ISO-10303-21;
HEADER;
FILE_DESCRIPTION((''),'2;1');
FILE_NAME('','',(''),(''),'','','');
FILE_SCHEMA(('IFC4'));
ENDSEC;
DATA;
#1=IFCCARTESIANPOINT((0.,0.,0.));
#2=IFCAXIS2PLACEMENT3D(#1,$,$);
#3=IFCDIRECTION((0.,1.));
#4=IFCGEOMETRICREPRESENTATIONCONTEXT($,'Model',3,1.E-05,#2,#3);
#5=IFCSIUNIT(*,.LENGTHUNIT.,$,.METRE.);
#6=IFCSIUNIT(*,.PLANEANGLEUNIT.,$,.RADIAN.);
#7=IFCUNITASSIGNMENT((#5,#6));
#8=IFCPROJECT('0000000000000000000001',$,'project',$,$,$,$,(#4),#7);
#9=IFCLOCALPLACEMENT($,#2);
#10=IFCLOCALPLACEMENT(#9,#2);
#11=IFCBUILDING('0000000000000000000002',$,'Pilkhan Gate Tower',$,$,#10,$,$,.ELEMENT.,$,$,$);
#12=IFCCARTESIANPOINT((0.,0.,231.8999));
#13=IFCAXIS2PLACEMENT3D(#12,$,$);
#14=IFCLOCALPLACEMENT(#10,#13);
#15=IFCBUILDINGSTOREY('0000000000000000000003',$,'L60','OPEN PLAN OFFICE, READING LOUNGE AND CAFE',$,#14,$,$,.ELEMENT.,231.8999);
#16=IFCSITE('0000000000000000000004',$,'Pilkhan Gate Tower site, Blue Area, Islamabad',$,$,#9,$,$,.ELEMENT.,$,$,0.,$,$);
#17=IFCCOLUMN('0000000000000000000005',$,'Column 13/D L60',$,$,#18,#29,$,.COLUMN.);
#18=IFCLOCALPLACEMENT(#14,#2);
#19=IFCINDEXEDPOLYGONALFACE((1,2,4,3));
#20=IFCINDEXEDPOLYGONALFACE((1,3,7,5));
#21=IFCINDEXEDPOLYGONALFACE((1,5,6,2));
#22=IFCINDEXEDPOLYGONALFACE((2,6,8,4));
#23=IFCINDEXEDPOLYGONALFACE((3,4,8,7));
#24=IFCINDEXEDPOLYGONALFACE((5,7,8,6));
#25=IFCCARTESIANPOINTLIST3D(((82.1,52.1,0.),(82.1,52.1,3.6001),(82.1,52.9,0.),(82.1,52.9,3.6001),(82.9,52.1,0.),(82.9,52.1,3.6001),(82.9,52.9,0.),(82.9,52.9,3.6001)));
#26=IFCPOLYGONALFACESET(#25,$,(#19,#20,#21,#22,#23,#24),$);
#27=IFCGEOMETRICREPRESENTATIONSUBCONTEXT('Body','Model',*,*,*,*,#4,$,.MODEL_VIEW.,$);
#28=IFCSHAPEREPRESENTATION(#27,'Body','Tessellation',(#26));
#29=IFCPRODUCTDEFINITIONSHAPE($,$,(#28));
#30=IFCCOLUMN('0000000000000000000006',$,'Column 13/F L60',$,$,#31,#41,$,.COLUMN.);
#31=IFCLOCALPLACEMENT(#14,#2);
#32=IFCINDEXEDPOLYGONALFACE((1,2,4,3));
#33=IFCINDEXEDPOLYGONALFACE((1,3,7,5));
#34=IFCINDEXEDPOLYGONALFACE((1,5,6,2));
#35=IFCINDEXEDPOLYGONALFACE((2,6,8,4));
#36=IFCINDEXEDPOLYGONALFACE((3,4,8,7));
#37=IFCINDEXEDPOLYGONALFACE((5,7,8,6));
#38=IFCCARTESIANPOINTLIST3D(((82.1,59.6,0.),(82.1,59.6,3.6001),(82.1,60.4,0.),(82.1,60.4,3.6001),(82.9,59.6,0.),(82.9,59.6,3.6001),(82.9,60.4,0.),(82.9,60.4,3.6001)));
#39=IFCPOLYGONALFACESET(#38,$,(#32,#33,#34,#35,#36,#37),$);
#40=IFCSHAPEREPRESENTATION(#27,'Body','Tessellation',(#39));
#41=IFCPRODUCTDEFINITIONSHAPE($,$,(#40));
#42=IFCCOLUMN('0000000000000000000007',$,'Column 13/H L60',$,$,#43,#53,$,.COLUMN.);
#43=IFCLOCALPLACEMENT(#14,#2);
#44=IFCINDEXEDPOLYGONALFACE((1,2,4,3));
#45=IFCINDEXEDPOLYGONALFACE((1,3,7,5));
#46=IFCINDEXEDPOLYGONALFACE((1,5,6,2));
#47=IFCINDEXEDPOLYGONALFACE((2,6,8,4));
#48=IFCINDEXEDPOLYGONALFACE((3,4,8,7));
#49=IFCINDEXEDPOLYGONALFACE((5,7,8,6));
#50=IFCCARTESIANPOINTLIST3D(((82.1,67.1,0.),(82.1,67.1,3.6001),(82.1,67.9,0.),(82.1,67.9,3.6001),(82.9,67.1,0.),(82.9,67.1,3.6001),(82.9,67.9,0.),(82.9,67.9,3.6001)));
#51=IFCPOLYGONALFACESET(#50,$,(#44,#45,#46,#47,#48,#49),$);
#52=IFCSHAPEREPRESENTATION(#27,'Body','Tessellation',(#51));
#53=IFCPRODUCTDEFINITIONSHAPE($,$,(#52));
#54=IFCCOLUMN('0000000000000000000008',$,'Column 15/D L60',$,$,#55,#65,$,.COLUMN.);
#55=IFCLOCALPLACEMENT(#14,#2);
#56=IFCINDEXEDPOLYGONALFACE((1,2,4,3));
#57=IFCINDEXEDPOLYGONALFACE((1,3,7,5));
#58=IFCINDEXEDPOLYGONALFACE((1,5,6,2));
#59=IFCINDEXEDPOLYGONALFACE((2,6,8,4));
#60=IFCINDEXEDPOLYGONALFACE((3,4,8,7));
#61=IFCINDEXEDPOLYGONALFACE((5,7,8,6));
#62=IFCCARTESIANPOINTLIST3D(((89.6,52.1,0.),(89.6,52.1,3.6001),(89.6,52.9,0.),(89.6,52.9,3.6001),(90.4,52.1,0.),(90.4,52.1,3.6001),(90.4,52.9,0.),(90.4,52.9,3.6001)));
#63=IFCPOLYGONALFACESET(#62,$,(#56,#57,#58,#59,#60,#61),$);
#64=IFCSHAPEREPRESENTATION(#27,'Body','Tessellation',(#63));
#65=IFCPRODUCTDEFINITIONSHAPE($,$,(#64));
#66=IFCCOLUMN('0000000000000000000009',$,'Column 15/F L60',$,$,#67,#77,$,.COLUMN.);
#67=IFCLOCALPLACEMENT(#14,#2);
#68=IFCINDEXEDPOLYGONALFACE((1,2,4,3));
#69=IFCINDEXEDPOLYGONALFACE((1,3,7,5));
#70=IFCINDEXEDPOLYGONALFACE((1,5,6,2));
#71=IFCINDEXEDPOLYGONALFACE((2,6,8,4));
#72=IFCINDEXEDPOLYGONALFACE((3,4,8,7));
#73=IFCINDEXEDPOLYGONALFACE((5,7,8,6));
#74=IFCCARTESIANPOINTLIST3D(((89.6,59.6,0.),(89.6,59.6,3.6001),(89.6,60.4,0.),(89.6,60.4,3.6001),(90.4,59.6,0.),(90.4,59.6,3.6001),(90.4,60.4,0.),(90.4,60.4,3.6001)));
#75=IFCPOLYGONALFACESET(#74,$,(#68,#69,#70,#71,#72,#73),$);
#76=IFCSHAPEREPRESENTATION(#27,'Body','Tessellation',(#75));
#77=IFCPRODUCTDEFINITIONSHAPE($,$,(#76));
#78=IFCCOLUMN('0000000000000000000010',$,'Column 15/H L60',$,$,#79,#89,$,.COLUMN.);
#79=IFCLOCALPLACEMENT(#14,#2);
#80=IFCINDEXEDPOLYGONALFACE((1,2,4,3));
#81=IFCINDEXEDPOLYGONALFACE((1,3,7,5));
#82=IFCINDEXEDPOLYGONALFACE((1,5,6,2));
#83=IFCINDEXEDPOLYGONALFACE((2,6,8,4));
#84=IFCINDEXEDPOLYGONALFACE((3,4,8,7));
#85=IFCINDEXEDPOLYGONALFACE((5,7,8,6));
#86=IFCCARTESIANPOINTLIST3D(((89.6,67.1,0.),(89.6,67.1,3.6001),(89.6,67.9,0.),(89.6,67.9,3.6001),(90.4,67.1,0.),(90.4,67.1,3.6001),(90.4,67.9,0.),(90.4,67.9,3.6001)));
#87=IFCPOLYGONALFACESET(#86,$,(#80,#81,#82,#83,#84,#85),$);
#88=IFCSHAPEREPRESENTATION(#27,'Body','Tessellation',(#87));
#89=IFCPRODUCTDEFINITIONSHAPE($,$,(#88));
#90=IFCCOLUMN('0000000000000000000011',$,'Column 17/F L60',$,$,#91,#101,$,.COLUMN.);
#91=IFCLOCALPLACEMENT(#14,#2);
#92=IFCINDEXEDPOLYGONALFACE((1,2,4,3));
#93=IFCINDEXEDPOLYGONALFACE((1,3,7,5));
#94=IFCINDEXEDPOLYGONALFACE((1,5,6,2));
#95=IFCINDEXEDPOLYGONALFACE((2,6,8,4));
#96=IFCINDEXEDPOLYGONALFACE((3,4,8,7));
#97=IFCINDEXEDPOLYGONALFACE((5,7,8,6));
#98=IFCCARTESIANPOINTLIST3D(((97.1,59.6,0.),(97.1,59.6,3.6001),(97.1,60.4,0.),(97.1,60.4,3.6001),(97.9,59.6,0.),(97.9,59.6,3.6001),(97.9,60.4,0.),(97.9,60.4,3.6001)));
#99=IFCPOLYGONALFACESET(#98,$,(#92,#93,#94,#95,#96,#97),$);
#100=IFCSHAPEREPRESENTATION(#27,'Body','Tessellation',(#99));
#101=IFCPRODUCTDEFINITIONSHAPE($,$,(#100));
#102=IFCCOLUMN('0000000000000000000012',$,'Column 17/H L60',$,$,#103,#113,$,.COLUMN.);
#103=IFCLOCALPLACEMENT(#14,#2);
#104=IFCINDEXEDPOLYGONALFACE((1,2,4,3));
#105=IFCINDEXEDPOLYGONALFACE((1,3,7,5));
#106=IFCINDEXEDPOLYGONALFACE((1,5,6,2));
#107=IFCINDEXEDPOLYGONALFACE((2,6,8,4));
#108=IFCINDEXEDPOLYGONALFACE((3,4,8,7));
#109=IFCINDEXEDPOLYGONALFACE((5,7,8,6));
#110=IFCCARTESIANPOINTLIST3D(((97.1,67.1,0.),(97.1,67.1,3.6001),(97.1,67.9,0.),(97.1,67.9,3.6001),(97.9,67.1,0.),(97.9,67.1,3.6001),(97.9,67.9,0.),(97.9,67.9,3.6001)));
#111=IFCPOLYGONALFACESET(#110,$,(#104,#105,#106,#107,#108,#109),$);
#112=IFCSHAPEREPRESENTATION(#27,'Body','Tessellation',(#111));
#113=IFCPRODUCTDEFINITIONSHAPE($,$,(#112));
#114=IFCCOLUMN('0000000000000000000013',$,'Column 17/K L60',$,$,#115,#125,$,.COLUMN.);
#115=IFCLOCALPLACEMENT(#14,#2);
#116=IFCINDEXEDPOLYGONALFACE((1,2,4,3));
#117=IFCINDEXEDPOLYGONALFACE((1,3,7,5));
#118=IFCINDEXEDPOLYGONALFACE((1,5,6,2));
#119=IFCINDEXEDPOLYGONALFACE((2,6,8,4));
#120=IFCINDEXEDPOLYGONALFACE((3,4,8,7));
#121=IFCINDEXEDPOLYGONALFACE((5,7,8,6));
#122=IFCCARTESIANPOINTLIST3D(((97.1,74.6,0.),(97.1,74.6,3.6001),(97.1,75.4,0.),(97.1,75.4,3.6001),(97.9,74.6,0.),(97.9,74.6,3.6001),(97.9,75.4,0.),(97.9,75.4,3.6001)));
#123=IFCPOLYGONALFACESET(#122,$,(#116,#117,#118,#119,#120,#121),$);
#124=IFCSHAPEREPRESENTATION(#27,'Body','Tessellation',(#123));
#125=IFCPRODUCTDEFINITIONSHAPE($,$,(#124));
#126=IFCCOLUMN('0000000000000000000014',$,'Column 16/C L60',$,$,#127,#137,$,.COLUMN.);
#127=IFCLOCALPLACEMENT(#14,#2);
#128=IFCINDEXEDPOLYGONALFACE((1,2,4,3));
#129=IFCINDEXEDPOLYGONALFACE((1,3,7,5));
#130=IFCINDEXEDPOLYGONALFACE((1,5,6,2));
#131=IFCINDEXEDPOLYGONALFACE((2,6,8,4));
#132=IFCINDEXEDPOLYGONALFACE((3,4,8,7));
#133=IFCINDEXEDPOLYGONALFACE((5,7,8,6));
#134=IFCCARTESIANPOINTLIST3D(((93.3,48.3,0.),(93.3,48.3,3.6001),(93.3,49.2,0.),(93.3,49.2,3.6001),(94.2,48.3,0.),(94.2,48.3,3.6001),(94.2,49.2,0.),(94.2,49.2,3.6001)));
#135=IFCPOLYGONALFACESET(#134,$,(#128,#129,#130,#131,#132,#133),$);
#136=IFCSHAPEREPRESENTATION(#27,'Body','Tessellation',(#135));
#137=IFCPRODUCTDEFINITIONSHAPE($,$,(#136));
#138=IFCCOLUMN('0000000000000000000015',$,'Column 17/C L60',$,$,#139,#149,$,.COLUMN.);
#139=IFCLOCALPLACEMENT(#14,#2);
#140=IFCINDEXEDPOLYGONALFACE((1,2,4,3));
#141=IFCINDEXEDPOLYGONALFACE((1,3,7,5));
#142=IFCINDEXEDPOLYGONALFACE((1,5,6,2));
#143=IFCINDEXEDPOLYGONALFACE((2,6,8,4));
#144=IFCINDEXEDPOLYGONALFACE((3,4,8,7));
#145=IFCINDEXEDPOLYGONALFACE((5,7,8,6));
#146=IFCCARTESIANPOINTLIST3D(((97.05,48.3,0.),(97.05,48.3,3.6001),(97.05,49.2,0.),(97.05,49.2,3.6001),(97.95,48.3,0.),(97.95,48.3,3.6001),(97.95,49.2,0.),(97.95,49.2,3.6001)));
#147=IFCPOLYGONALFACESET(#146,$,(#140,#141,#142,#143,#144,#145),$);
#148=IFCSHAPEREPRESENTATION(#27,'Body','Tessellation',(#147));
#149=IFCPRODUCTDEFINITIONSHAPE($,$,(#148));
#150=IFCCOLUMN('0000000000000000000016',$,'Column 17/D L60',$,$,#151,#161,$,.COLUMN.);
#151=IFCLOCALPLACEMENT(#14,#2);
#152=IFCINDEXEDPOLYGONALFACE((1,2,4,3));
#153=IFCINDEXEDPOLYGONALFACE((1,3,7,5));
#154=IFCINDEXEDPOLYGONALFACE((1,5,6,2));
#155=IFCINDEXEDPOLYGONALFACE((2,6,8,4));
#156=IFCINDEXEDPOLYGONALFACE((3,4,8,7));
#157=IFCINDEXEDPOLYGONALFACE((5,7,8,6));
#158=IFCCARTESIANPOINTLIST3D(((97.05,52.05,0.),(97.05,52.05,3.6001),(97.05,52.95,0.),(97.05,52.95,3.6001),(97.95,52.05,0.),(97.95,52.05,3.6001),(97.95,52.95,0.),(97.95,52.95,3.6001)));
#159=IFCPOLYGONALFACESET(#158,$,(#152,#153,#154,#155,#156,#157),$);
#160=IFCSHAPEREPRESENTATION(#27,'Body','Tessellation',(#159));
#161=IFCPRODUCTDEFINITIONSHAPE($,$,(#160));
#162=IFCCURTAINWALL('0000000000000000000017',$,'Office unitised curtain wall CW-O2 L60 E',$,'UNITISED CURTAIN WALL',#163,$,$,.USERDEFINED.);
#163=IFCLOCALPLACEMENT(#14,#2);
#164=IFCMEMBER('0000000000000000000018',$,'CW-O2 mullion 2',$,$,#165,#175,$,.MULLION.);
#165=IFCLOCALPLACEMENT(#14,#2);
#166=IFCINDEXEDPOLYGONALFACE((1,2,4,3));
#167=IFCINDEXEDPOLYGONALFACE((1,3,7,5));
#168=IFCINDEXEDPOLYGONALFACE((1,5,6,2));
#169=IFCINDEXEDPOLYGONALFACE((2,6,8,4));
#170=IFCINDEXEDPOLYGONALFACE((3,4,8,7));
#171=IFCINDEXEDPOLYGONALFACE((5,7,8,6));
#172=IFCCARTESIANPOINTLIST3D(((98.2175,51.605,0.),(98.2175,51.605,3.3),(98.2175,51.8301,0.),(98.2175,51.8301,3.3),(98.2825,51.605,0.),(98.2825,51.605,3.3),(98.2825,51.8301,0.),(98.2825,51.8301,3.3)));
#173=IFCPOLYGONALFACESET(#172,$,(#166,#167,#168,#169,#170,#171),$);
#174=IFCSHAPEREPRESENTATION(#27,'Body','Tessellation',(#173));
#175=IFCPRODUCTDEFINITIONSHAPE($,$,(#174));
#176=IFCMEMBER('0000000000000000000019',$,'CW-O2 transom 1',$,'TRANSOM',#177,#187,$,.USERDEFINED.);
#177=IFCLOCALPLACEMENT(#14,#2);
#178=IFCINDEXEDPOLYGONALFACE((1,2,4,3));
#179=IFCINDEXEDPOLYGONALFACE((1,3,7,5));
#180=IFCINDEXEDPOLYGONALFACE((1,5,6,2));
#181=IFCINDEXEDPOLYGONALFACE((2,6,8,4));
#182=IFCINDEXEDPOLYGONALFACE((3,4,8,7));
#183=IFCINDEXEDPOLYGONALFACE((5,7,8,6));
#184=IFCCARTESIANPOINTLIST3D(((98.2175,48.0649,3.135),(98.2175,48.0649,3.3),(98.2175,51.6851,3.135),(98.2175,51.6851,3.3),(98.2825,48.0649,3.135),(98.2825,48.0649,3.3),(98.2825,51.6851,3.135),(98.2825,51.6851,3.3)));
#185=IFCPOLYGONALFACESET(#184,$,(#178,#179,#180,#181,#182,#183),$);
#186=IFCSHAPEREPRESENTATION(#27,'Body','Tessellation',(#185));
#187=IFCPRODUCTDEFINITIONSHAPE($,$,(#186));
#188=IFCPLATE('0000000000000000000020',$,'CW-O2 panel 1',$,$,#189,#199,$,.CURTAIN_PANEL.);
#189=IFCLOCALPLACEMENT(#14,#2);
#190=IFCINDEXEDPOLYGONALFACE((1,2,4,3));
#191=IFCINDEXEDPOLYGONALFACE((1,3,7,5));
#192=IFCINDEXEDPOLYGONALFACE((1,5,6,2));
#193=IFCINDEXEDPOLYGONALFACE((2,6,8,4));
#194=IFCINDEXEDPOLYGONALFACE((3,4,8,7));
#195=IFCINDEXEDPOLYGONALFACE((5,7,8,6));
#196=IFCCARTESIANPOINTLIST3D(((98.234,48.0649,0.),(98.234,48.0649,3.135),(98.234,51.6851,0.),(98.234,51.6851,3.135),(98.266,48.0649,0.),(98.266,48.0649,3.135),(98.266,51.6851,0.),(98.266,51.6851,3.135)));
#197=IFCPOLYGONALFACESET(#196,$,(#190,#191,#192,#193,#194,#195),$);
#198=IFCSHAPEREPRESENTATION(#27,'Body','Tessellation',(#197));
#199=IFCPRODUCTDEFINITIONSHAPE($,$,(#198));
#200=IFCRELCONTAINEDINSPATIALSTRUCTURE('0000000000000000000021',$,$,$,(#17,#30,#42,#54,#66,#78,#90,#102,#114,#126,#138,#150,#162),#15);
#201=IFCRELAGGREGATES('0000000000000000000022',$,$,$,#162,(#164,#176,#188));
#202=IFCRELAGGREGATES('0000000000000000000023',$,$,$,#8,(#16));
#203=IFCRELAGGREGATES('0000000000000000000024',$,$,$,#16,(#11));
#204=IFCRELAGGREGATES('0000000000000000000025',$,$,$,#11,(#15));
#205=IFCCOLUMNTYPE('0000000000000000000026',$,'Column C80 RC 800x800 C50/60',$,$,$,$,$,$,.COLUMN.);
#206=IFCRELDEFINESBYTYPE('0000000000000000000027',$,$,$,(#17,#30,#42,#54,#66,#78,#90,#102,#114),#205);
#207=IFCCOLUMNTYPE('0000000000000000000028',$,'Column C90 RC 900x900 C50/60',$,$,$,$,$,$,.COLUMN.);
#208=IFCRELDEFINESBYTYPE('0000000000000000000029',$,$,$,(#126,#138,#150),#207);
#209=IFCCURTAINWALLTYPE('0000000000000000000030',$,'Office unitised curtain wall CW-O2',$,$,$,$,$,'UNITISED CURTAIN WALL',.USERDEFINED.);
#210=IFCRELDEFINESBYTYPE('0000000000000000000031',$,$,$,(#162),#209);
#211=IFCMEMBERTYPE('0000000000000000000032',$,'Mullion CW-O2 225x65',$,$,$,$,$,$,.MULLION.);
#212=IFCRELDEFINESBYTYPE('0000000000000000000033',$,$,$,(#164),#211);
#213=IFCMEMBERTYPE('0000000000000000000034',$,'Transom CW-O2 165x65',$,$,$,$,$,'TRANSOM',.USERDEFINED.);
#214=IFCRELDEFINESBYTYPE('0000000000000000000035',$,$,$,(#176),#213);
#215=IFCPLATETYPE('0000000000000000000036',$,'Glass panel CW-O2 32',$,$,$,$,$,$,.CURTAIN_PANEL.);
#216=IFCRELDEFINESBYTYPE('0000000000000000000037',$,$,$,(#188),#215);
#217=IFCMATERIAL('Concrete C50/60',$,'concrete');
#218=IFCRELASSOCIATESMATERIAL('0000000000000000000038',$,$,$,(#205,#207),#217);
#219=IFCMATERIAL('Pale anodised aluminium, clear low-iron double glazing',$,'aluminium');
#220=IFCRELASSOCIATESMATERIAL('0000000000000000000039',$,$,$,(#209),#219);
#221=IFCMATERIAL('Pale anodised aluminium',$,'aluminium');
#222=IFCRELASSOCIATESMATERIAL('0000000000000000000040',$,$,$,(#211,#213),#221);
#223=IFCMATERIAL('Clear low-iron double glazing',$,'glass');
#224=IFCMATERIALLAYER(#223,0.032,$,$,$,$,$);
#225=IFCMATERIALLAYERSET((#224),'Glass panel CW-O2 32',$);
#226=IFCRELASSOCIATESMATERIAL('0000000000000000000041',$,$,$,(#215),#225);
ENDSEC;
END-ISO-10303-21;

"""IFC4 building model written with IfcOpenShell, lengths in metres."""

from ifc_helpers import new_model, si_unit, direction, frame, origin, origin_2d, place, context, subcontext, project, spatial, rectangle, extrude, material, layer, layer_set, material_profile, profile_set, type_object, element, aggregate, save


model = new_model("IFC4")

# Units and contexts
model_context = context("Model", 3, precision=1e-05, world=origin(), true_north=direction((0.0, 1.0)))
body_context = subcontext(model_context, "Body", "Model", "MODEL_VIEW")
ifc_project = project(units=[si_unit("LENGTHUNIT", "METRE"), si_unit("PLANEANGLEUNIT", "RADIAN")], contexts=[model_context])

# Site, building, storey
site_placement = place(None, origin())
site = spatial("IfcSite", under=ifc_project, at=site_placement, Name="Pilkhan Gate Tower site, Blue Area, Islamabad", CompositionType="ELEMENT", RefElevation=0.0)
building_placement = place(site_placement, origin())
building = spatial("IfcBuilding", under=site, at=building_placement, Name="Pilkhan Gate Tower", CompositionType="ELEMENT")
storey_placement = place(building_placement, frame((0.0, 0.0, 231.8999)))
storey = spatial("IfcBuildingStorey", under=building, at=storey_placement, Name="L60", Description="OPEN PLAN OFFICE, READING LOUNGE AND CAFE", CompositionType="ELEMENT", Elevation=231.8999)

# Columns
ifc_material_1 = material(Name="Concrete C50/60", Category="concrete")
ifc_material_profile_1 = material_profile(ifc_material_1, rectangle(XDim=0.8, YDim=0.8, at=origin_2d()), Name="RC 800x800")
ifc_profile_set_1 = profile_set([ifc_material_profile_1], Name="Concrete C50/60")
column_type_1 = type_object("IfcColumnType", Name="Column C80 RC 800x800 C50/60", PredefinedType="COLUMN", material=ifc_profile_set_1)
for number, where, z_axis, x_axis, name in (
    (1, (82.5, 52.5, 0.0), (0.0, 0.0, 1.0), (1.0, 0.0, 0.0), "Column 13/D L60"),
    (2, (82.5, 60.0, 0.0), (0.0, 0.0, 1.0), (1.0, 0.0, 0.0), "Column 13/F L60"),
    (3, (82.5, 67.5, 0.0), (0.0, 0.0, 1.0), (1.0, 0.0, 0.0), "Column 13/H L60"),
    (4, (90.0, 52.5, 0.0), (0.0, 0.0, 1.0), (1.0, 0.0, 0.0), "Column 15/D L60"),
    (5, (90.0, 60.0, 0.0), (0.0, 0.0, 1.0), (1.0, 0.0, 0.0), "Column 15/F L60"),
    (6, (90.0, 67.5, 0.0), (0.0, 0.0, 1.0), (1.0, 0.0, 0.0), "Column 15/H L60"),
    (7, (97.5, 60.0, 0.0), (0.0, 0.0, 1.0), (1.0, 0.0, 0.0), "Column 17/F L60"),
    (8, (97.5, 67.5, 0.0), (0.0, 0.0, 1.0), (1.0, 0.0, 0.0), "Column 17/H L60"),
    (9, (97.5, 75.0, 0.0), (0.0, 0.0, 1.0), (1.0, 0.0, 0.0), "Column 17/K L60"),
):
    element("IfcColumn", number, at=place(storey_placement, frame(where, z_axis=z_axis, x_axis=x_axis)), inside=storey, type_object=column_type_1, Name=name, PredefinedType="COLUMN", context=body_context, shape_type="SweptSolid", body=[
        extrude(rectangle(XDim=0.8, YDim=0.8, at=origin_2d()), origin(), (0.0, 0.0, 1.0), 3.6001),
    ])
ifc_material_profile_2 = material_profile(ifc_material_1, rectangle(XDim=0.8999, YDim=0.8999, at=origin_2d()), Name="RC 900x900")
ifc_profile_set_2 = profile_set([ifc_material_profile_2], Name="Concrete C50/60")
column_type_2 = type_object("IfcColumnType", Name="Column C90 RC 900x900 C50/60", PredefinedType="COLUMN", material=ifc_profile_set_2)
for number, where, z_axis, x_axis, name in (
    (10, (93.75, 48.75, 0.0), (0.0, 0.0, 1.0), (1.0, 0.0, 0.0), "Column 16/C L60"),
    (11, (97.5, 48.75, 0.0), (0.0, 0.0, 1.0), (1.0, 0.0, 0.0), "Column 17/C L60"),
    (12, (97.5, 52.5, 0.0), (0.0, 0.0, 1.0), (1.0, 0.0, 0.0), "Column 17/D L60"),
):
    element("IfcColumn", number, at=place(storey_placement, frame(where, z_axis=z_axis, x_axis=x_axis)), inside=storey, type_object=column_type_2, Name=name, PredefinedType="COLUMN", context=body_context, shape_type="SweptSolid", body=[
        extrude(rectangle(XDim=0.8999, YDim=0.8999, at=origin_2d()), origin(), (0.0, 0.0, 1.0), 3.6001),
    ])

# Curtain wall, members, plate
ifc_material_2 = material(Name="Pale anodised aluminium, clear low-iron double glazing", Category="aluminium")
curtain_wall_type = type_object("IfcCurtainWallType", Name="Office unitised curtain wall CW-O2", ElementType="UNITISED CURTAIN WALL", PredefinedType="USERDEFINED", material=ifc_material_2)
curtain_wall_placement = place(storey_placement, origin())
curtain_wall = element("IfcCurtainWall", 13, at=curtain_wall_placement, inside=storey, type_object=curtain_wall_type, Name="Office unitised curtain wall CW-O2 L60 E", ObjectType="UNITISED CURTAIN WALL", PredefinedType="USERDEFINED")
ifc_material_3 = material(Name="Pale anodised aluminium", Category="aluminium")
ifc_material_profile_3 = material_profile(ifc_material_3, rectangle(XDim=0.0649, YDim=0.2251, at=origin_2d()), Name="Mullion 225x65")
ifc_profile_set_3 = profile_set([ifc_material_profile_3], Name="Pale anodised aluminium")
member_type_1 = type_object("IfcMemberType", Name="Mullion CW-O2 225x65", PredefinedType="MULLION", material=ifc_profile_set_3)
member_1_placement = place(storey_placement, frame((98.25, 51.7175, 0.0), z_axis=(0.0, 0.0, 1.0), x_axis=(-1.0, 0.0, 0.0)))
member_1 = element("IfcMember", 14, at=member_1_placement, type_object=member_type_1, Name="CW-O2 mullion 2", PredefinedType="MULLION", context=body_context, shape_type="SweptSolid", body=[
    extrude(rectangle(XDim=0.0649, YDim=0.2251, at=origin_2d()), origin(), (0.0, 0.0, 1.0), 3.3),
])
ifc_material_profile_4 = material_profile(ifc_material_3, rectangle(XDim=0.0649, YDim=0.165, at=origin_2d()), Name="Transom 165x65")
ifc_profile_set_4 = profile_set([ifc_material_profile_4], Name="Pale anodised aluminium")
member_type_2 = type_object("IfcMemberType", Name="Transom CW-O2 165x65", ElementType="TRANSOM", PredefinedType="USERDEFINED", material=ifc_profile_set_4)
member_2_placement = place(storey_placement, frame((98.25, 48.0649, 3.2175), z_axis=(0.0, 1.0, 0.0), x_axis=(-1.0, 0.0, 0.0)))
member_2 = element("IfcMember", 15, at=member_2_placement, type_object=member_type_2, Name="CW-O2 transom 1", ObjectType="TRANSOM", PredefinedType="USERDEFINED", context=body_context, shape_type="SweptSolid", body=[
    extrude(rectangle(XDim=0.0649, YDim=0.165, at=origin_2d()), origin(), (0.0, 0.0, 1.0), 3.6201),
])
ifc_material_4 = material(Name="Clear low-iron double glazing", Category="glass")
ifc_layer_1 = layer(ifc_material_4, 0.032)
ifc_layer_set_1 = layer_set([ifc_layer_1], Name="Glass panel CW-O2 32")
plate_type = type_object("IfcPlateType", Name="Glass panel CW-O2 32", PredefinedType="CURTAIN_PANEL", material=ifc_layer_set_1)
plate_placement = place(storey_placement, frame((98.25, 49.875, 0.0), z_axis=(0.0, 0.0, 1.0), x_axis=(0.0, 1.0, 0.0)))
plate = element("IfcPlate", 16, at=plate_placement, type_object=plate_type, Name="CW-O2 panel 1", PredefinedType="CURTAIN_PANEL", context=body_context, shape_type="SweptSolid", body=[
    extrude(rectangle(XDim=3.6201, YDim=0.032, at=origin_2d()), origin(), (0.0, 0.0, 1.0), 3.135),
])
aggregate(curtain_wall, [member_1, member_2, plate])

save(model, "model.ifc")
